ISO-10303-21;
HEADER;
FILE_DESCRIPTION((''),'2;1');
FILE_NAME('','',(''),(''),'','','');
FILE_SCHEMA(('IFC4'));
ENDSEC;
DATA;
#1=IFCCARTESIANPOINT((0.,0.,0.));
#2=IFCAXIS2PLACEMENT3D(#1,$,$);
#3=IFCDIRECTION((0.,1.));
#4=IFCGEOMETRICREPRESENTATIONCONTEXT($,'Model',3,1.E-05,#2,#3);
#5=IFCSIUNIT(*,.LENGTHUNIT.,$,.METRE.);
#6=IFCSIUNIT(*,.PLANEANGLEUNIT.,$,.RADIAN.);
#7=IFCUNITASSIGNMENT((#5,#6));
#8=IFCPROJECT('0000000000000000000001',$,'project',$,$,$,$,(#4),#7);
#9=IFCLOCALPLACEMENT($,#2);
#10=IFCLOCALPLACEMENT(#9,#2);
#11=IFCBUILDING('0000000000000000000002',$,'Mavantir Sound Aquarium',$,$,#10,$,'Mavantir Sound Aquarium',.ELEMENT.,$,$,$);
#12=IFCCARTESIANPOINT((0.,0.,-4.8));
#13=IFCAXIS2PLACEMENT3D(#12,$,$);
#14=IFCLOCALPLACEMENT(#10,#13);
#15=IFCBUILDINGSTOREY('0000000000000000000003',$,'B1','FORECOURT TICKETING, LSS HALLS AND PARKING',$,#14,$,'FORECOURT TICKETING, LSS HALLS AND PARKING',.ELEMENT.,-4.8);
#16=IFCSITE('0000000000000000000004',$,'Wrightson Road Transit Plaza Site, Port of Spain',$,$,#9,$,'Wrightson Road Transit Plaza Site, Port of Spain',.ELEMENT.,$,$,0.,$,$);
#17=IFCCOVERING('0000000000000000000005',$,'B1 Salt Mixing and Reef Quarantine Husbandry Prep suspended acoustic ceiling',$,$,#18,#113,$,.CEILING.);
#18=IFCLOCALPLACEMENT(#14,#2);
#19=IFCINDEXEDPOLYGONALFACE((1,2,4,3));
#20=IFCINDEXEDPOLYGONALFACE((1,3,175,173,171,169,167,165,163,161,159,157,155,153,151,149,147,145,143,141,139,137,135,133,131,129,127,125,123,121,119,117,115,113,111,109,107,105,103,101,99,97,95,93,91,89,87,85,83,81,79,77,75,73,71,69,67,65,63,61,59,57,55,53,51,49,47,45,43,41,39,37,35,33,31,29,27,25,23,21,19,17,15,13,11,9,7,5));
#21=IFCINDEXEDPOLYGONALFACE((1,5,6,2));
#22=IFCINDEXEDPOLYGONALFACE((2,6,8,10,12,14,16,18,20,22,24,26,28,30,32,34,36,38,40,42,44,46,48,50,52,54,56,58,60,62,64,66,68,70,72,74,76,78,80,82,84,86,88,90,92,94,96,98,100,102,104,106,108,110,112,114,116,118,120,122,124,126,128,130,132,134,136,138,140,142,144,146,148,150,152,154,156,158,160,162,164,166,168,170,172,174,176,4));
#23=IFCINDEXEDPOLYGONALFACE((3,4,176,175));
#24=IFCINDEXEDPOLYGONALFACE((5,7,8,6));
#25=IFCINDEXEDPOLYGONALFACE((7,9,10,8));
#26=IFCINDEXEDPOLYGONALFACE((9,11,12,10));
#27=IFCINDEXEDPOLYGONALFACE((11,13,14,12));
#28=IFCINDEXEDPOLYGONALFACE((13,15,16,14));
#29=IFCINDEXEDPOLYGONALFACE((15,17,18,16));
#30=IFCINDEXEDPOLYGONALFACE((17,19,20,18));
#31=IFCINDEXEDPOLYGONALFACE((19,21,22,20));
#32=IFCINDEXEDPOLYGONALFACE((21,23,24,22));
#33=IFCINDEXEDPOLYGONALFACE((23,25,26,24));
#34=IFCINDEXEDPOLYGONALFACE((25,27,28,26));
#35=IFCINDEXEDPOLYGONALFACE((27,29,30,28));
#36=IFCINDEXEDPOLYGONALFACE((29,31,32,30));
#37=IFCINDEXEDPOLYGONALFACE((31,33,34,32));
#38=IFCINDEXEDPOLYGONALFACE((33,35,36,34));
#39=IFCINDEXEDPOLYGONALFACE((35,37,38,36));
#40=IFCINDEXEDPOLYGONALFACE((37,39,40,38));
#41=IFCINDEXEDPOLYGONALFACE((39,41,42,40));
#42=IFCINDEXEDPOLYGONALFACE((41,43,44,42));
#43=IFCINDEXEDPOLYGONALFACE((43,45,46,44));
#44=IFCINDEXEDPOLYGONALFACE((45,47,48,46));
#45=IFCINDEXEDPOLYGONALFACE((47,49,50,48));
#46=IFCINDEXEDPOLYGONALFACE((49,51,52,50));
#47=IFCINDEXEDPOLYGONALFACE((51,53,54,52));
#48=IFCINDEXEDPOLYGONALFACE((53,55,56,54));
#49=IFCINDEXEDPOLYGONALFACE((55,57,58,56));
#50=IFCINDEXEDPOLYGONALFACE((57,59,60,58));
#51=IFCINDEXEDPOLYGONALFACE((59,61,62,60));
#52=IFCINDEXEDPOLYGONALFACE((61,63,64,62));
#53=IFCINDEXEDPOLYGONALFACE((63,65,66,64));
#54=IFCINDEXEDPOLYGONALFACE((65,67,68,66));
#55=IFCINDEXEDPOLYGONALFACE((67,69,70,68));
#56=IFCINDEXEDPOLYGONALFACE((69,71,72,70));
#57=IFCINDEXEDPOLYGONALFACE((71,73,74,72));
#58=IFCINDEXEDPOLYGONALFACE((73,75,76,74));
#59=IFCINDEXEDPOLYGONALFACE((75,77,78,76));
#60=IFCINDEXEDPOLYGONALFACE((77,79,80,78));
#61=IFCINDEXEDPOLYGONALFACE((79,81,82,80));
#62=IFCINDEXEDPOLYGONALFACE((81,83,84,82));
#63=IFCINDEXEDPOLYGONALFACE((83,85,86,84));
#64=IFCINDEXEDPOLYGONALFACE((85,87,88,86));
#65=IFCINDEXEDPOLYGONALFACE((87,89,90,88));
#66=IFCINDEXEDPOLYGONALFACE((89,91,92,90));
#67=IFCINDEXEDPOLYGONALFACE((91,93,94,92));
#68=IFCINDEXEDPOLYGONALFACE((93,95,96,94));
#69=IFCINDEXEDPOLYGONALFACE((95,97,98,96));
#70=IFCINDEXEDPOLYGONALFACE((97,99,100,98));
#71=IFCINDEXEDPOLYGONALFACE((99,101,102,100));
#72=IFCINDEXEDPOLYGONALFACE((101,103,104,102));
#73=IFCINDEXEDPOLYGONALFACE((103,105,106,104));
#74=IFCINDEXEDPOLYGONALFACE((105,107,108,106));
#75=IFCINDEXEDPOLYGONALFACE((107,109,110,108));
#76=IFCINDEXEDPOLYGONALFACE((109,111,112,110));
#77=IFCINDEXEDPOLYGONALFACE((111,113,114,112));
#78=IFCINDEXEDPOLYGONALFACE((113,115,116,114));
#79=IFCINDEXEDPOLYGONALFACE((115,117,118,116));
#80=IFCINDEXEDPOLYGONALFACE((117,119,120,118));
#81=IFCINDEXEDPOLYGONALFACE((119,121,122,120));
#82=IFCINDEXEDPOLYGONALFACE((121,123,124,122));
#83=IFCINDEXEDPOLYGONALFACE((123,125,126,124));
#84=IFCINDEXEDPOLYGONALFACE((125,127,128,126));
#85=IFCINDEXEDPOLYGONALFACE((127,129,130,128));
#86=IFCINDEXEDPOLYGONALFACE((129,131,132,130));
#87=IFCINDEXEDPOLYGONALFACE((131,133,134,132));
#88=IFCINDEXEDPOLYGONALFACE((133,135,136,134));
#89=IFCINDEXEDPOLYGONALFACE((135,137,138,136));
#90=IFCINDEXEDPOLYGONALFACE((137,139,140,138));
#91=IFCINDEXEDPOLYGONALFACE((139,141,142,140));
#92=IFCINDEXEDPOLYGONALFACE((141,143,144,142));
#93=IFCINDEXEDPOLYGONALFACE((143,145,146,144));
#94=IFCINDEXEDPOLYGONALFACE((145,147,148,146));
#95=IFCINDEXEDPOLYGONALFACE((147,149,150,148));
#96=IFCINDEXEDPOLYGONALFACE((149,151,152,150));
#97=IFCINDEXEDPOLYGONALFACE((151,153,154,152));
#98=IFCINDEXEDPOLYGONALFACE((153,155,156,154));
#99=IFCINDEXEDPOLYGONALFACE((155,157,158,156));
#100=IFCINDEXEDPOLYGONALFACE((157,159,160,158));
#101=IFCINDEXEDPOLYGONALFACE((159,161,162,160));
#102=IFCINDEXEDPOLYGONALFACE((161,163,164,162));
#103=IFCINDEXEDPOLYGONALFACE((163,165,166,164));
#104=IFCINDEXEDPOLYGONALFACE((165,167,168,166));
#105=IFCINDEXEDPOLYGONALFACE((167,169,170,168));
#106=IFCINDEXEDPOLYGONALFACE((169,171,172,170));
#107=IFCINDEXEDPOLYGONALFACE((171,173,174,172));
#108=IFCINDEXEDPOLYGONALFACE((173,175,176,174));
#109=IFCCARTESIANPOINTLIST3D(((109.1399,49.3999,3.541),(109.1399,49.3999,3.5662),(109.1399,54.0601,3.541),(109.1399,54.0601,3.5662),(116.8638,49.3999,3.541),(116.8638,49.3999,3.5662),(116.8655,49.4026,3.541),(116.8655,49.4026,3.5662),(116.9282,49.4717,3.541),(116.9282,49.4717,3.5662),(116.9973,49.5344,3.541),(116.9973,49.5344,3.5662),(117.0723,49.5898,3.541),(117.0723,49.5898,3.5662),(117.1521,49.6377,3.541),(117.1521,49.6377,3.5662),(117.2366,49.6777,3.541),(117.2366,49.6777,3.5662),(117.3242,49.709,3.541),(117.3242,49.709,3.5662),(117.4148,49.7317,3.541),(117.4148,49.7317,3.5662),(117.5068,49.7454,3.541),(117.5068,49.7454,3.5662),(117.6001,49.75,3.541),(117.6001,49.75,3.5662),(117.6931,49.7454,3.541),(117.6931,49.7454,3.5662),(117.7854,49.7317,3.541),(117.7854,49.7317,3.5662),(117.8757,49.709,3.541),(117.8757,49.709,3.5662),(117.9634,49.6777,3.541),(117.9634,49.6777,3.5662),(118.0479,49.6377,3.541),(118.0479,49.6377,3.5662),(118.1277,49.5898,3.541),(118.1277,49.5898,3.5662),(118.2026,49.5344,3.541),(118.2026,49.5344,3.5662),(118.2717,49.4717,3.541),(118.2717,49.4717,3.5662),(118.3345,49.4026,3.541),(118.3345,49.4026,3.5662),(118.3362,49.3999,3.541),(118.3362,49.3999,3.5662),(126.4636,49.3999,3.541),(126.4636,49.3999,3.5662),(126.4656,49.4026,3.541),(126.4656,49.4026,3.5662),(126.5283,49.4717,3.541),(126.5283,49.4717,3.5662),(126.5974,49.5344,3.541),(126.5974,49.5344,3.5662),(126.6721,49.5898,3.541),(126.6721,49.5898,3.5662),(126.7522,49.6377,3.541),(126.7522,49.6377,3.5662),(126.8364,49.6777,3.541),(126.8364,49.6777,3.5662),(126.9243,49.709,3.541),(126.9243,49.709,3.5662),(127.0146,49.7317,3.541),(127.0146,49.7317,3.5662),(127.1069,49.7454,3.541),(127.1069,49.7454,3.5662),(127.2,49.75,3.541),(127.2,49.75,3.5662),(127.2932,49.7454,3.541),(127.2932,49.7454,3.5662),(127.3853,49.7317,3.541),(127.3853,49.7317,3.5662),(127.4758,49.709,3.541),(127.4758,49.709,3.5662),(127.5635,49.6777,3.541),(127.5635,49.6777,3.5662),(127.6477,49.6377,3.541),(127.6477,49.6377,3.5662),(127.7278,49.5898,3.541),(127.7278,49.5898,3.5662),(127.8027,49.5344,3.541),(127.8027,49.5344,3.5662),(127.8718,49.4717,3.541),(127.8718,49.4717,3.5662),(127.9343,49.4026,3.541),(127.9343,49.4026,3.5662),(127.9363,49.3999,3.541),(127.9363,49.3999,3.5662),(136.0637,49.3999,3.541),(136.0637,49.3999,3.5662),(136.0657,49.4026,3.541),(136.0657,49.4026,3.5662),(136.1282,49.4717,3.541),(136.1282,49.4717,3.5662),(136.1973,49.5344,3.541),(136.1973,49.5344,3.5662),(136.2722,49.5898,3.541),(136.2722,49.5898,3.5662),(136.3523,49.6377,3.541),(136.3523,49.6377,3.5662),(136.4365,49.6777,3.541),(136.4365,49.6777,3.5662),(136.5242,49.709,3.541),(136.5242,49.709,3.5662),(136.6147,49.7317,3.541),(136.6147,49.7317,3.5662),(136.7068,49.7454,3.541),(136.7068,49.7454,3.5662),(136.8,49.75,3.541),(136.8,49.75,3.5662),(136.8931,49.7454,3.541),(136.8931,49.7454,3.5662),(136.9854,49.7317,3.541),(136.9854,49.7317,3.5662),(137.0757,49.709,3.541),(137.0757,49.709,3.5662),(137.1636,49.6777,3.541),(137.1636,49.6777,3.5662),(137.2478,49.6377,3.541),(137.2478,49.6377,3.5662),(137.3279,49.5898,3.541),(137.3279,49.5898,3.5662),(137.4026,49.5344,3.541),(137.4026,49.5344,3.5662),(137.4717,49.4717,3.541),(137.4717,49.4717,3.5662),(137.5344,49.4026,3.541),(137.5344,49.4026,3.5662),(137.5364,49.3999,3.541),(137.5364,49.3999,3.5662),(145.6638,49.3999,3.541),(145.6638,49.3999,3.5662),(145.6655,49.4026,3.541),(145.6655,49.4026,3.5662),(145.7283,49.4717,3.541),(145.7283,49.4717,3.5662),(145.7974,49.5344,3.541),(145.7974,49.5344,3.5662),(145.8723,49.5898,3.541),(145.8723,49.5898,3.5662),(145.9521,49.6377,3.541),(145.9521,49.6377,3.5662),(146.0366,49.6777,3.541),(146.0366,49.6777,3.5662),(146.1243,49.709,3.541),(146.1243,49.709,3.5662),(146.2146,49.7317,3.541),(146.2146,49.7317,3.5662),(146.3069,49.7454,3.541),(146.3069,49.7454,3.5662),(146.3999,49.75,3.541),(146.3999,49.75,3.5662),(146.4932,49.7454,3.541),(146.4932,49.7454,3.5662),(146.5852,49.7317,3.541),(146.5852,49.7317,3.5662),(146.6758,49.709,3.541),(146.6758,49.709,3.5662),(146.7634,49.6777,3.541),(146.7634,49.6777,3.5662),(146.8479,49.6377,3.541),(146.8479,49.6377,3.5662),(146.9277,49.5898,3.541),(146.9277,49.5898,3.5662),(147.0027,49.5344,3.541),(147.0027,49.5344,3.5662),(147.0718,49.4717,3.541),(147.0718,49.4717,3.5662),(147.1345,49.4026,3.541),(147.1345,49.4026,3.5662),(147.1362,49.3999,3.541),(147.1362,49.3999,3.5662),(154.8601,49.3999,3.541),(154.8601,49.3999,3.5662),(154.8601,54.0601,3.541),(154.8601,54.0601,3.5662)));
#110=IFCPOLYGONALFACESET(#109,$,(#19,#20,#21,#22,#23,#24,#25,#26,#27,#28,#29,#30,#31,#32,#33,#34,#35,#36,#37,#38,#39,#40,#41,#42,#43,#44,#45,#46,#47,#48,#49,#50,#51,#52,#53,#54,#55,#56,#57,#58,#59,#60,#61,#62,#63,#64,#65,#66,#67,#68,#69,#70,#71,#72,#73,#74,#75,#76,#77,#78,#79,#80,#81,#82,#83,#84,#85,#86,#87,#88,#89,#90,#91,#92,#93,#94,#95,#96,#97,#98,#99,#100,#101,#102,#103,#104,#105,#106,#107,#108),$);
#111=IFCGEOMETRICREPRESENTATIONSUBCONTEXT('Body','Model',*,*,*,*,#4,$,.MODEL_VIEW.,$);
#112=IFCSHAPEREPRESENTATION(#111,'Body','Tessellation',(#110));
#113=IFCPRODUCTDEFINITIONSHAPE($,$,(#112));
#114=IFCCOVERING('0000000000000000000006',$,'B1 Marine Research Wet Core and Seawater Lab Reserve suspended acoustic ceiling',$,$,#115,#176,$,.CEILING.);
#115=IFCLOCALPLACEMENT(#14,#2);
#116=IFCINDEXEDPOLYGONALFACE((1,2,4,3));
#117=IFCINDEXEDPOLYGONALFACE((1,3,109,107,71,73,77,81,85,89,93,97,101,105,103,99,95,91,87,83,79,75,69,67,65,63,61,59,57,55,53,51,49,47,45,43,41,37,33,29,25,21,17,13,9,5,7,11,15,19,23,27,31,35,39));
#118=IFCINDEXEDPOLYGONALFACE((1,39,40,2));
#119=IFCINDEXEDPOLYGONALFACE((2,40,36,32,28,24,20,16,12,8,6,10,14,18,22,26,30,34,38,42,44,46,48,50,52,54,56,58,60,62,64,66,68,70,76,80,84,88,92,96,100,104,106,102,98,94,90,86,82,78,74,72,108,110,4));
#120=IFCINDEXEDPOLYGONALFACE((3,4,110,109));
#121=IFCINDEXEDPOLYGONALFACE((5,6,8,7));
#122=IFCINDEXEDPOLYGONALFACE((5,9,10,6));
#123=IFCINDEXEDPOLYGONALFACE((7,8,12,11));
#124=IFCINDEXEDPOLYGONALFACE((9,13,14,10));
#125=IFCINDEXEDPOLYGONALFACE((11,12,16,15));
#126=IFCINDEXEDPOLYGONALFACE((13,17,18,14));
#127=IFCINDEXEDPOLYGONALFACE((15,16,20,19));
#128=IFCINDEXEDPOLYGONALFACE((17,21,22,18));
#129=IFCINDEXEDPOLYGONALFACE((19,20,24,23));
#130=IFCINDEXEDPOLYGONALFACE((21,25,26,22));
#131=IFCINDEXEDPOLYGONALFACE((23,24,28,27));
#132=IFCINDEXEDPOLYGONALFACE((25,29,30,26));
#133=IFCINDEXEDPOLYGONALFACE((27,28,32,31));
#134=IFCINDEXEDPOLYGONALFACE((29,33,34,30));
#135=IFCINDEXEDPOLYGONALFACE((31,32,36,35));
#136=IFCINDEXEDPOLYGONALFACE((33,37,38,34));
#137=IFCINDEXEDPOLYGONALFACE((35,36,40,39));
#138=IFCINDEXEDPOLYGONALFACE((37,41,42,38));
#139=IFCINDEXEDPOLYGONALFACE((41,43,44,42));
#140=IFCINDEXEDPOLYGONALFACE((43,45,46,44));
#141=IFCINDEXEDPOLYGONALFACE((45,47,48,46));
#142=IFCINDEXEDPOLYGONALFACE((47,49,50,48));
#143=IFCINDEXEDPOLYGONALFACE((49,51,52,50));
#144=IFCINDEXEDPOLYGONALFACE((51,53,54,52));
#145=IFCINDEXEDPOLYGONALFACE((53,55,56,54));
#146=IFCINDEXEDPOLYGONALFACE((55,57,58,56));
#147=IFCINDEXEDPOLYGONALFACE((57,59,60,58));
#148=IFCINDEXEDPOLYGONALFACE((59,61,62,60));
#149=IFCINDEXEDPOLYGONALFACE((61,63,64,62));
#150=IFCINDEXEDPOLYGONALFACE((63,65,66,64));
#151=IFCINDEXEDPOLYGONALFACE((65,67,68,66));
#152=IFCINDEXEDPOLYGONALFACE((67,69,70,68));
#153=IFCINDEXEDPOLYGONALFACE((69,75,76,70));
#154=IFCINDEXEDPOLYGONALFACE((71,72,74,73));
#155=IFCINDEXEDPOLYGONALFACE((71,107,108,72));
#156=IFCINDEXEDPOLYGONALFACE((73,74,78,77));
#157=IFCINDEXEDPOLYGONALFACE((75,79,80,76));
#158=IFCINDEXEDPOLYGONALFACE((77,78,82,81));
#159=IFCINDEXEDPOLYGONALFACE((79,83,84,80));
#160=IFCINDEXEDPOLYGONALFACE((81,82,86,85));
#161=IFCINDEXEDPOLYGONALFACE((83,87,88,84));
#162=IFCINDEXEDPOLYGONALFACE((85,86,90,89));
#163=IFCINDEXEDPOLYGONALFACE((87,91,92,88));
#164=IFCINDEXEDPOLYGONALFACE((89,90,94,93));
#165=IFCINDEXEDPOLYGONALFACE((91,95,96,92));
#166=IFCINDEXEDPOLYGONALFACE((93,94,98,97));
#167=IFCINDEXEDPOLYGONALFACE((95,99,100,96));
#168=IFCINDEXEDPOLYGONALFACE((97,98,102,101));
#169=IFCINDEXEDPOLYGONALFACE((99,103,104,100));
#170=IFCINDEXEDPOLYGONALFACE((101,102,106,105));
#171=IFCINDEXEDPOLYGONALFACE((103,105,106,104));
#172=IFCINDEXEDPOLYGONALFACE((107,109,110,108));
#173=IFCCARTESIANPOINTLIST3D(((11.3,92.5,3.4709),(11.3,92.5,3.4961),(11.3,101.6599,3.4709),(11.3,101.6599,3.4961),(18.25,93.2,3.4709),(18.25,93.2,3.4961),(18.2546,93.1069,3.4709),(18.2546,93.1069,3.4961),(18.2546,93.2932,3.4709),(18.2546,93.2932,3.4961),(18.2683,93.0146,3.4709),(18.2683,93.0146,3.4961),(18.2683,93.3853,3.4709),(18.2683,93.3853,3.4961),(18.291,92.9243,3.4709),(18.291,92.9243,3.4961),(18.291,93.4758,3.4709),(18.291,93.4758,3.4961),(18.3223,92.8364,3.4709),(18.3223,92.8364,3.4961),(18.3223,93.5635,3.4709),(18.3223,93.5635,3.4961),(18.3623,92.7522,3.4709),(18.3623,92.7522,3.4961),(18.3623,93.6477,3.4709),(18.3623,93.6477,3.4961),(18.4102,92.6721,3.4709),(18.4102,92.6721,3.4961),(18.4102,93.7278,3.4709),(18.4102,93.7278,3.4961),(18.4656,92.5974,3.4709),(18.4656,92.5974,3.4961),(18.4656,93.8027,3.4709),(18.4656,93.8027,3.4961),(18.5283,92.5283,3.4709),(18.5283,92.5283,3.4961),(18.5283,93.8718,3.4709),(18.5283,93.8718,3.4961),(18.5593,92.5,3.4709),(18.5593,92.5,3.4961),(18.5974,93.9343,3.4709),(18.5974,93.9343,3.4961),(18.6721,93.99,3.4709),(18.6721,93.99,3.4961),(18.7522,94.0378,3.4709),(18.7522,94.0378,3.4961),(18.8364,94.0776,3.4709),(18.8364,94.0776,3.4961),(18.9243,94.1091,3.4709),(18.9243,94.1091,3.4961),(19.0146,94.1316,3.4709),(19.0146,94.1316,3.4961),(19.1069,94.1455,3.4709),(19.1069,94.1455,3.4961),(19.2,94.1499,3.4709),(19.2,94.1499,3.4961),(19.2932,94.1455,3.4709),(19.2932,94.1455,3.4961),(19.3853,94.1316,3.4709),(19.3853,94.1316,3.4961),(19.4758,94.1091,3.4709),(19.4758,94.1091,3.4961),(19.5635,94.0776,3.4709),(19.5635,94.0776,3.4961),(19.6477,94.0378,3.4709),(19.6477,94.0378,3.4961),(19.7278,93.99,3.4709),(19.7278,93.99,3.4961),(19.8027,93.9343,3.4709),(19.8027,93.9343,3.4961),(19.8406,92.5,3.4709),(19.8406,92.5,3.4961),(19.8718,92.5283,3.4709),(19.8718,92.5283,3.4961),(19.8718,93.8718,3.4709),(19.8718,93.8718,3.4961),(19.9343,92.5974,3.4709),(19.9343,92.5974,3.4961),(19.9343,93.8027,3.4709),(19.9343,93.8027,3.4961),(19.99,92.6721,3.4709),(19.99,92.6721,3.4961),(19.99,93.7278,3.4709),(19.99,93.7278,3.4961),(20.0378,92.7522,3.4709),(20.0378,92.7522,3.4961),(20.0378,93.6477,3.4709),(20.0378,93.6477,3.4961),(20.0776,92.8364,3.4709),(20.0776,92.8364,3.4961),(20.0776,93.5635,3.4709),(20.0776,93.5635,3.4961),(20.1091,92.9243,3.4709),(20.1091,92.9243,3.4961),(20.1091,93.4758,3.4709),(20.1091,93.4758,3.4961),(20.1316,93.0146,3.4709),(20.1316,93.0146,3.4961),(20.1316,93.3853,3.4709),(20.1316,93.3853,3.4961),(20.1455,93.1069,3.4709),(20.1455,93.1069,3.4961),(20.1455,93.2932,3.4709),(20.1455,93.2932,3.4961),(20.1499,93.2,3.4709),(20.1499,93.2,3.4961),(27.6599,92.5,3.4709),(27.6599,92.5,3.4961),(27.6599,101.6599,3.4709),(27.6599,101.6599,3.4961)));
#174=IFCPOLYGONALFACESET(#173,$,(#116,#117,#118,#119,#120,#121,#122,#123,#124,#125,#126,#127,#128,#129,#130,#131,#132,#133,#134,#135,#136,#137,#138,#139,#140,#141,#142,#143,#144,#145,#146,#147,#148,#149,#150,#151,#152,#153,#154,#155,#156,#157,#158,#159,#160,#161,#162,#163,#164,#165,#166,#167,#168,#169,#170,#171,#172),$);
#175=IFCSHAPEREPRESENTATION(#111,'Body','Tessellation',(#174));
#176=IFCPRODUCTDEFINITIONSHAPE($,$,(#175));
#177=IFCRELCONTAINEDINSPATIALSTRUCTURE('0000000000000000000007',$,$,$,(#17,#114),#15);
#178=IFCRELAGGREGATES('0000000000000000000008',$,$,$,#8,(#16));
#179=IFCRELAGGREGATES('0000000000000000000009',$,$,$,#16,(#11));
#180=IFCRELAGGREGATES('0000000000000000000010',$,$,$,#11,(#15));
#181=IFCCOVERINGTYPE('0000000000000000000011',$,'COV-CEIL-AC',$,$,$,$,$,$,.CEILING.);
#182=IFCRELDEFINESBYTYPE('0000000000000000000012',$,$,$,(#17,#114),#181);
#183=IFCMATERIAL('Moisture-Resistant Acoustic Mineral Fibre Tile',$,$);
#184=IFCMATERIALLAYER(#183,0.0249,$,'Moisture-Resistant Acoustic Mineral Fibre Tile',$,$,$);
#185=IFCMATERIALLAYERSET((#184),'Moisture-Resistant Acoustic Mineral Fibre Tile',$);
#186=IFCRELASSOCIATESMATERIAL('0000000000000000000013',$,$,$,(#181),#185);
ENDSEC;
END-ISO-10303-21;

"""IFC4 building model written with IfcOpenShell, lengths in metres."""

from ifc_helpers import new_model, si_unit, direction, frame, origin, place, context, subcontext, project, spatial, polyline, outline, extrude, material, layer, layer_set, type_object, element, save


model = new_model("IFC4")

# Units and contexts
model_context = context("Model", 3, precision=1e-05, world=origin(), true_north=direction((0.0, 1.0)))
body_context = subcontext(model_context, "Body", "Model", "MODEL_VIEW")
ifc_project = project(units=[si_unit("LENGTHUNIT", "METRE"), si_unit("PLANEANGLEUNIT", "RADIAN")], contexts=[model_context])

# Site, building, storey
site_placement = place(None, origin())
site = spatial("IfcSite", under=ifc_project, at=site_placement, Name="Wrightson Road Transit Plaza Site, Port of Spain", LongName="Wrightson Road Transit Plaza Site, Port of Spain", CompositionType="ELEMENT", RefElevation=0.0)
building_placement = place(site_placement, origin())
building = spatial("IfcBuilding", under=site, at=building_placement, Name="Mavantir Sound Aquarium", LongName="Mavantir Sound Aquarium", CompositionType="ELEMENT")
storey_placement = place(building_placement, frame((0.0, 0.0, -4.8)))
storey = spatial("IfcBuildingStorey", under=building, at=storey_placement, Name="B1", Description="FORECOURT TICKETING, LSS HALLS AND PARKING", LongName="FORECOURT TICKETING, LSS HALLS AND PARKING", CompositionType="ELEMENT", Elevation=-4.8)

# Coverings
ifc_material_1 = material(Name="Moisture-Resistant Acoustic Mineral Fibre Tile")
ifc_layer_1 = layer(ifc_material_1, 0.0249, Name="Moisture-Resistant Acoustic Mineral Fibre Tile")
ifc_layer_set_1 = layer_set([ifc_layer_1], Name="Moisture-Resistant Acoustic Mineral Fibre Tile")
covering_type_1 = type_object("IfcCoveringType", Name="COV-CEIL-AC", PredefinedType="CEILING", material=ifc_layer_set_1)
covering_1_placement = place(storey_placement, frame((0.0, 0.0, 3.541)))
element("IfcCovering", 1, at=covering_1_placement, inside=storey, type_object=covering_type_1, Name="B1 Salt Mixing and Reef Quarantine Husbandry Prep suspended acoustic ceiling", PredefinedType="CEILING", context=body_context, shape_type="SweptSolid", body=[
    extrude(outline(polyline([(154.8601, 54.0601), (154.8601, 49.3999), (147.1362, 49.3999), (147.1345, 49.4026), (147.0718, 49.4717), (147.0027, 49.5344), (146.9277, 49.5898), (146.8479, 49.6377), (146.7634, 49.6777), (146.6758, 49.709), (146.5852, 49.7317), (146.4932, 49.7454), (146.3999, 49.75), (146.3069, 49.7454), (146.2146, 49.7317), (146.1243, 49.709), (146.0366, 49.6777), (145.9521, 49.6377), (145.8723, 49.5898), (145.7974, 49.5344), (145.7283, 49.4717), (145.6655, 49.4026), (145.6638, 49.3999), (137.5364, 49.3999), (137.5344, 49.4026), (137.4717, 49.4717), (137.4026, 49.5344), (137.3279, 49.5898), (137.2478, 49.6377), (137.1636, 49.6777), (137.0757, 49.709), (136.9854, 49.7317), (136.8931, 49.7454), (136.8, 49.75), (136.7068, 49.7454), (136.6147, 49.7317), (136.5242, 49.709), (136.4365, 49.6777), (136.3523, 49.6377), (136.2722, 49.5898), (136.1973, 49.5344), (136.1282, 49.4717), (136.0657, 49.4026), (136.0637, 49.3999), (127.9363, 49.3999), (127.9343, 49.4026), (127.8718, 49.4717), (127.8027, 49.5344), (127.7278, 49.5898), (127.6477, 49.6377), (127.5635, 49.6777), (127.4758, 49.709), (127.3853, 49.7317), (127.2932, 49.7454), (127.2, 49.75), (127.1069, 49.7454), (127.0146, 49.7317), (126.9243, 49.709), (126.8364, 49.6777), (126.7522, 49.6377), (126.6721, 49.5898), (126.5974, 49.5344), (126.5283, 49.4717), (126.4656, 49.4026), (126.4636, 49.3999), (118.3362, 49.3999), (118.3345, 49.4026), (118.2717, 49.4717), (118.2026, 49.5344), (118.1277, 49.5898), (118.0479, 49.6377), (117.9634, 49.6777), (117.8757, 49.709), (117.7854, 49.7317), (117.6931, 49.7454), (117.6001, 49.75), (117.5068, 49.7454), (117.4148, 49.7317), (117.3242, 49.709), (117.2366, 49.6777), (117.1521, 49.6377), (117.0723, 49.5898), (116.9973, 49.5344), (116.9282, 49.4717), (116.8655, 49.4026), (116.8638, 49.3999), (109.1399, 49.3999), (109.1399, 54.0601), (154.8601, 54.0601)])), origin(), (0.0, 0.0, 1.0), 0.0251),
])
covering_2_placement = place(storey_placement, frame((0.0, 0.0, 3.4709)))
element("IfcCovering", 2, at=covering_2_placement, inside=storey, type_object=covering_type_1, Name="B1 Marine Research Wet Core and Seawater Lab Reserve suspended acoustic ceiling", PredefinedType="CEILING", context=body_context, shape_type="SweptSolid", body=[
    extrude(outline(polyline([(27.6599, 101.6599), (27.6599, 92.5), (19.8406, 92.5), (19.8718, 92.5283), (19.9343, 92.5974), (19.99, 92.6721), (20.0378, 92.7522), (20.0776, 92.8364), (20.1091, 92.9243), (20.1316, 93.0146), (20.1455, 93.1069), (20.1499, 93.2), (20.1455, 93.2932), (20.1316, 93.3853), (20.1091, 93.4758), (20.0776, 93.5635), (20.0378, 93.6477), (19.99, 93.7278), (19.9343, 93.8027), (19.8718, 93.8718), (19.8027, 93.9343), (19.7278, 93.99), (19.6477, 94.0378), (19.5635, 94.0776), (19.4758, 94.1091), (19.3853, 94.1316), (19.2932, 94.1455), (19.2, 94.1499), (19.1069, 94.1455), (19.0146, 94.1316), (18.9243, 94.1091), (18.8364, 94.0776), (18.7522, 94.0378), (18.6721, 93.99), (18.5974, 93.9343), (18.5283, 93.8718), (18.4656, 93.8027), (18.4102, 93.7278), (18.3623, 93.6477), (18.3223, 93.5635), (18.291, 93.4758), (18.2683, 93.3853), (18.2546, 93.2932), (18.25, 93.2), (18.2546, 93.1069), (18.2683, 93.0146), (18.291, 92.9243), (18.3223, 92.8364), (18.3623, 92.7522), (18.4102, 92.6721), (18.4656, 92.5974), (18.5283, 92.5283), (18.5593, 92.5), (11.3, 92.5), (11.3, 101.6599), (27.6599, 101.6599)])), origin(), (0.0, 0.0, 1.0), 0.0251),
])

save(model, "model.ifc")
